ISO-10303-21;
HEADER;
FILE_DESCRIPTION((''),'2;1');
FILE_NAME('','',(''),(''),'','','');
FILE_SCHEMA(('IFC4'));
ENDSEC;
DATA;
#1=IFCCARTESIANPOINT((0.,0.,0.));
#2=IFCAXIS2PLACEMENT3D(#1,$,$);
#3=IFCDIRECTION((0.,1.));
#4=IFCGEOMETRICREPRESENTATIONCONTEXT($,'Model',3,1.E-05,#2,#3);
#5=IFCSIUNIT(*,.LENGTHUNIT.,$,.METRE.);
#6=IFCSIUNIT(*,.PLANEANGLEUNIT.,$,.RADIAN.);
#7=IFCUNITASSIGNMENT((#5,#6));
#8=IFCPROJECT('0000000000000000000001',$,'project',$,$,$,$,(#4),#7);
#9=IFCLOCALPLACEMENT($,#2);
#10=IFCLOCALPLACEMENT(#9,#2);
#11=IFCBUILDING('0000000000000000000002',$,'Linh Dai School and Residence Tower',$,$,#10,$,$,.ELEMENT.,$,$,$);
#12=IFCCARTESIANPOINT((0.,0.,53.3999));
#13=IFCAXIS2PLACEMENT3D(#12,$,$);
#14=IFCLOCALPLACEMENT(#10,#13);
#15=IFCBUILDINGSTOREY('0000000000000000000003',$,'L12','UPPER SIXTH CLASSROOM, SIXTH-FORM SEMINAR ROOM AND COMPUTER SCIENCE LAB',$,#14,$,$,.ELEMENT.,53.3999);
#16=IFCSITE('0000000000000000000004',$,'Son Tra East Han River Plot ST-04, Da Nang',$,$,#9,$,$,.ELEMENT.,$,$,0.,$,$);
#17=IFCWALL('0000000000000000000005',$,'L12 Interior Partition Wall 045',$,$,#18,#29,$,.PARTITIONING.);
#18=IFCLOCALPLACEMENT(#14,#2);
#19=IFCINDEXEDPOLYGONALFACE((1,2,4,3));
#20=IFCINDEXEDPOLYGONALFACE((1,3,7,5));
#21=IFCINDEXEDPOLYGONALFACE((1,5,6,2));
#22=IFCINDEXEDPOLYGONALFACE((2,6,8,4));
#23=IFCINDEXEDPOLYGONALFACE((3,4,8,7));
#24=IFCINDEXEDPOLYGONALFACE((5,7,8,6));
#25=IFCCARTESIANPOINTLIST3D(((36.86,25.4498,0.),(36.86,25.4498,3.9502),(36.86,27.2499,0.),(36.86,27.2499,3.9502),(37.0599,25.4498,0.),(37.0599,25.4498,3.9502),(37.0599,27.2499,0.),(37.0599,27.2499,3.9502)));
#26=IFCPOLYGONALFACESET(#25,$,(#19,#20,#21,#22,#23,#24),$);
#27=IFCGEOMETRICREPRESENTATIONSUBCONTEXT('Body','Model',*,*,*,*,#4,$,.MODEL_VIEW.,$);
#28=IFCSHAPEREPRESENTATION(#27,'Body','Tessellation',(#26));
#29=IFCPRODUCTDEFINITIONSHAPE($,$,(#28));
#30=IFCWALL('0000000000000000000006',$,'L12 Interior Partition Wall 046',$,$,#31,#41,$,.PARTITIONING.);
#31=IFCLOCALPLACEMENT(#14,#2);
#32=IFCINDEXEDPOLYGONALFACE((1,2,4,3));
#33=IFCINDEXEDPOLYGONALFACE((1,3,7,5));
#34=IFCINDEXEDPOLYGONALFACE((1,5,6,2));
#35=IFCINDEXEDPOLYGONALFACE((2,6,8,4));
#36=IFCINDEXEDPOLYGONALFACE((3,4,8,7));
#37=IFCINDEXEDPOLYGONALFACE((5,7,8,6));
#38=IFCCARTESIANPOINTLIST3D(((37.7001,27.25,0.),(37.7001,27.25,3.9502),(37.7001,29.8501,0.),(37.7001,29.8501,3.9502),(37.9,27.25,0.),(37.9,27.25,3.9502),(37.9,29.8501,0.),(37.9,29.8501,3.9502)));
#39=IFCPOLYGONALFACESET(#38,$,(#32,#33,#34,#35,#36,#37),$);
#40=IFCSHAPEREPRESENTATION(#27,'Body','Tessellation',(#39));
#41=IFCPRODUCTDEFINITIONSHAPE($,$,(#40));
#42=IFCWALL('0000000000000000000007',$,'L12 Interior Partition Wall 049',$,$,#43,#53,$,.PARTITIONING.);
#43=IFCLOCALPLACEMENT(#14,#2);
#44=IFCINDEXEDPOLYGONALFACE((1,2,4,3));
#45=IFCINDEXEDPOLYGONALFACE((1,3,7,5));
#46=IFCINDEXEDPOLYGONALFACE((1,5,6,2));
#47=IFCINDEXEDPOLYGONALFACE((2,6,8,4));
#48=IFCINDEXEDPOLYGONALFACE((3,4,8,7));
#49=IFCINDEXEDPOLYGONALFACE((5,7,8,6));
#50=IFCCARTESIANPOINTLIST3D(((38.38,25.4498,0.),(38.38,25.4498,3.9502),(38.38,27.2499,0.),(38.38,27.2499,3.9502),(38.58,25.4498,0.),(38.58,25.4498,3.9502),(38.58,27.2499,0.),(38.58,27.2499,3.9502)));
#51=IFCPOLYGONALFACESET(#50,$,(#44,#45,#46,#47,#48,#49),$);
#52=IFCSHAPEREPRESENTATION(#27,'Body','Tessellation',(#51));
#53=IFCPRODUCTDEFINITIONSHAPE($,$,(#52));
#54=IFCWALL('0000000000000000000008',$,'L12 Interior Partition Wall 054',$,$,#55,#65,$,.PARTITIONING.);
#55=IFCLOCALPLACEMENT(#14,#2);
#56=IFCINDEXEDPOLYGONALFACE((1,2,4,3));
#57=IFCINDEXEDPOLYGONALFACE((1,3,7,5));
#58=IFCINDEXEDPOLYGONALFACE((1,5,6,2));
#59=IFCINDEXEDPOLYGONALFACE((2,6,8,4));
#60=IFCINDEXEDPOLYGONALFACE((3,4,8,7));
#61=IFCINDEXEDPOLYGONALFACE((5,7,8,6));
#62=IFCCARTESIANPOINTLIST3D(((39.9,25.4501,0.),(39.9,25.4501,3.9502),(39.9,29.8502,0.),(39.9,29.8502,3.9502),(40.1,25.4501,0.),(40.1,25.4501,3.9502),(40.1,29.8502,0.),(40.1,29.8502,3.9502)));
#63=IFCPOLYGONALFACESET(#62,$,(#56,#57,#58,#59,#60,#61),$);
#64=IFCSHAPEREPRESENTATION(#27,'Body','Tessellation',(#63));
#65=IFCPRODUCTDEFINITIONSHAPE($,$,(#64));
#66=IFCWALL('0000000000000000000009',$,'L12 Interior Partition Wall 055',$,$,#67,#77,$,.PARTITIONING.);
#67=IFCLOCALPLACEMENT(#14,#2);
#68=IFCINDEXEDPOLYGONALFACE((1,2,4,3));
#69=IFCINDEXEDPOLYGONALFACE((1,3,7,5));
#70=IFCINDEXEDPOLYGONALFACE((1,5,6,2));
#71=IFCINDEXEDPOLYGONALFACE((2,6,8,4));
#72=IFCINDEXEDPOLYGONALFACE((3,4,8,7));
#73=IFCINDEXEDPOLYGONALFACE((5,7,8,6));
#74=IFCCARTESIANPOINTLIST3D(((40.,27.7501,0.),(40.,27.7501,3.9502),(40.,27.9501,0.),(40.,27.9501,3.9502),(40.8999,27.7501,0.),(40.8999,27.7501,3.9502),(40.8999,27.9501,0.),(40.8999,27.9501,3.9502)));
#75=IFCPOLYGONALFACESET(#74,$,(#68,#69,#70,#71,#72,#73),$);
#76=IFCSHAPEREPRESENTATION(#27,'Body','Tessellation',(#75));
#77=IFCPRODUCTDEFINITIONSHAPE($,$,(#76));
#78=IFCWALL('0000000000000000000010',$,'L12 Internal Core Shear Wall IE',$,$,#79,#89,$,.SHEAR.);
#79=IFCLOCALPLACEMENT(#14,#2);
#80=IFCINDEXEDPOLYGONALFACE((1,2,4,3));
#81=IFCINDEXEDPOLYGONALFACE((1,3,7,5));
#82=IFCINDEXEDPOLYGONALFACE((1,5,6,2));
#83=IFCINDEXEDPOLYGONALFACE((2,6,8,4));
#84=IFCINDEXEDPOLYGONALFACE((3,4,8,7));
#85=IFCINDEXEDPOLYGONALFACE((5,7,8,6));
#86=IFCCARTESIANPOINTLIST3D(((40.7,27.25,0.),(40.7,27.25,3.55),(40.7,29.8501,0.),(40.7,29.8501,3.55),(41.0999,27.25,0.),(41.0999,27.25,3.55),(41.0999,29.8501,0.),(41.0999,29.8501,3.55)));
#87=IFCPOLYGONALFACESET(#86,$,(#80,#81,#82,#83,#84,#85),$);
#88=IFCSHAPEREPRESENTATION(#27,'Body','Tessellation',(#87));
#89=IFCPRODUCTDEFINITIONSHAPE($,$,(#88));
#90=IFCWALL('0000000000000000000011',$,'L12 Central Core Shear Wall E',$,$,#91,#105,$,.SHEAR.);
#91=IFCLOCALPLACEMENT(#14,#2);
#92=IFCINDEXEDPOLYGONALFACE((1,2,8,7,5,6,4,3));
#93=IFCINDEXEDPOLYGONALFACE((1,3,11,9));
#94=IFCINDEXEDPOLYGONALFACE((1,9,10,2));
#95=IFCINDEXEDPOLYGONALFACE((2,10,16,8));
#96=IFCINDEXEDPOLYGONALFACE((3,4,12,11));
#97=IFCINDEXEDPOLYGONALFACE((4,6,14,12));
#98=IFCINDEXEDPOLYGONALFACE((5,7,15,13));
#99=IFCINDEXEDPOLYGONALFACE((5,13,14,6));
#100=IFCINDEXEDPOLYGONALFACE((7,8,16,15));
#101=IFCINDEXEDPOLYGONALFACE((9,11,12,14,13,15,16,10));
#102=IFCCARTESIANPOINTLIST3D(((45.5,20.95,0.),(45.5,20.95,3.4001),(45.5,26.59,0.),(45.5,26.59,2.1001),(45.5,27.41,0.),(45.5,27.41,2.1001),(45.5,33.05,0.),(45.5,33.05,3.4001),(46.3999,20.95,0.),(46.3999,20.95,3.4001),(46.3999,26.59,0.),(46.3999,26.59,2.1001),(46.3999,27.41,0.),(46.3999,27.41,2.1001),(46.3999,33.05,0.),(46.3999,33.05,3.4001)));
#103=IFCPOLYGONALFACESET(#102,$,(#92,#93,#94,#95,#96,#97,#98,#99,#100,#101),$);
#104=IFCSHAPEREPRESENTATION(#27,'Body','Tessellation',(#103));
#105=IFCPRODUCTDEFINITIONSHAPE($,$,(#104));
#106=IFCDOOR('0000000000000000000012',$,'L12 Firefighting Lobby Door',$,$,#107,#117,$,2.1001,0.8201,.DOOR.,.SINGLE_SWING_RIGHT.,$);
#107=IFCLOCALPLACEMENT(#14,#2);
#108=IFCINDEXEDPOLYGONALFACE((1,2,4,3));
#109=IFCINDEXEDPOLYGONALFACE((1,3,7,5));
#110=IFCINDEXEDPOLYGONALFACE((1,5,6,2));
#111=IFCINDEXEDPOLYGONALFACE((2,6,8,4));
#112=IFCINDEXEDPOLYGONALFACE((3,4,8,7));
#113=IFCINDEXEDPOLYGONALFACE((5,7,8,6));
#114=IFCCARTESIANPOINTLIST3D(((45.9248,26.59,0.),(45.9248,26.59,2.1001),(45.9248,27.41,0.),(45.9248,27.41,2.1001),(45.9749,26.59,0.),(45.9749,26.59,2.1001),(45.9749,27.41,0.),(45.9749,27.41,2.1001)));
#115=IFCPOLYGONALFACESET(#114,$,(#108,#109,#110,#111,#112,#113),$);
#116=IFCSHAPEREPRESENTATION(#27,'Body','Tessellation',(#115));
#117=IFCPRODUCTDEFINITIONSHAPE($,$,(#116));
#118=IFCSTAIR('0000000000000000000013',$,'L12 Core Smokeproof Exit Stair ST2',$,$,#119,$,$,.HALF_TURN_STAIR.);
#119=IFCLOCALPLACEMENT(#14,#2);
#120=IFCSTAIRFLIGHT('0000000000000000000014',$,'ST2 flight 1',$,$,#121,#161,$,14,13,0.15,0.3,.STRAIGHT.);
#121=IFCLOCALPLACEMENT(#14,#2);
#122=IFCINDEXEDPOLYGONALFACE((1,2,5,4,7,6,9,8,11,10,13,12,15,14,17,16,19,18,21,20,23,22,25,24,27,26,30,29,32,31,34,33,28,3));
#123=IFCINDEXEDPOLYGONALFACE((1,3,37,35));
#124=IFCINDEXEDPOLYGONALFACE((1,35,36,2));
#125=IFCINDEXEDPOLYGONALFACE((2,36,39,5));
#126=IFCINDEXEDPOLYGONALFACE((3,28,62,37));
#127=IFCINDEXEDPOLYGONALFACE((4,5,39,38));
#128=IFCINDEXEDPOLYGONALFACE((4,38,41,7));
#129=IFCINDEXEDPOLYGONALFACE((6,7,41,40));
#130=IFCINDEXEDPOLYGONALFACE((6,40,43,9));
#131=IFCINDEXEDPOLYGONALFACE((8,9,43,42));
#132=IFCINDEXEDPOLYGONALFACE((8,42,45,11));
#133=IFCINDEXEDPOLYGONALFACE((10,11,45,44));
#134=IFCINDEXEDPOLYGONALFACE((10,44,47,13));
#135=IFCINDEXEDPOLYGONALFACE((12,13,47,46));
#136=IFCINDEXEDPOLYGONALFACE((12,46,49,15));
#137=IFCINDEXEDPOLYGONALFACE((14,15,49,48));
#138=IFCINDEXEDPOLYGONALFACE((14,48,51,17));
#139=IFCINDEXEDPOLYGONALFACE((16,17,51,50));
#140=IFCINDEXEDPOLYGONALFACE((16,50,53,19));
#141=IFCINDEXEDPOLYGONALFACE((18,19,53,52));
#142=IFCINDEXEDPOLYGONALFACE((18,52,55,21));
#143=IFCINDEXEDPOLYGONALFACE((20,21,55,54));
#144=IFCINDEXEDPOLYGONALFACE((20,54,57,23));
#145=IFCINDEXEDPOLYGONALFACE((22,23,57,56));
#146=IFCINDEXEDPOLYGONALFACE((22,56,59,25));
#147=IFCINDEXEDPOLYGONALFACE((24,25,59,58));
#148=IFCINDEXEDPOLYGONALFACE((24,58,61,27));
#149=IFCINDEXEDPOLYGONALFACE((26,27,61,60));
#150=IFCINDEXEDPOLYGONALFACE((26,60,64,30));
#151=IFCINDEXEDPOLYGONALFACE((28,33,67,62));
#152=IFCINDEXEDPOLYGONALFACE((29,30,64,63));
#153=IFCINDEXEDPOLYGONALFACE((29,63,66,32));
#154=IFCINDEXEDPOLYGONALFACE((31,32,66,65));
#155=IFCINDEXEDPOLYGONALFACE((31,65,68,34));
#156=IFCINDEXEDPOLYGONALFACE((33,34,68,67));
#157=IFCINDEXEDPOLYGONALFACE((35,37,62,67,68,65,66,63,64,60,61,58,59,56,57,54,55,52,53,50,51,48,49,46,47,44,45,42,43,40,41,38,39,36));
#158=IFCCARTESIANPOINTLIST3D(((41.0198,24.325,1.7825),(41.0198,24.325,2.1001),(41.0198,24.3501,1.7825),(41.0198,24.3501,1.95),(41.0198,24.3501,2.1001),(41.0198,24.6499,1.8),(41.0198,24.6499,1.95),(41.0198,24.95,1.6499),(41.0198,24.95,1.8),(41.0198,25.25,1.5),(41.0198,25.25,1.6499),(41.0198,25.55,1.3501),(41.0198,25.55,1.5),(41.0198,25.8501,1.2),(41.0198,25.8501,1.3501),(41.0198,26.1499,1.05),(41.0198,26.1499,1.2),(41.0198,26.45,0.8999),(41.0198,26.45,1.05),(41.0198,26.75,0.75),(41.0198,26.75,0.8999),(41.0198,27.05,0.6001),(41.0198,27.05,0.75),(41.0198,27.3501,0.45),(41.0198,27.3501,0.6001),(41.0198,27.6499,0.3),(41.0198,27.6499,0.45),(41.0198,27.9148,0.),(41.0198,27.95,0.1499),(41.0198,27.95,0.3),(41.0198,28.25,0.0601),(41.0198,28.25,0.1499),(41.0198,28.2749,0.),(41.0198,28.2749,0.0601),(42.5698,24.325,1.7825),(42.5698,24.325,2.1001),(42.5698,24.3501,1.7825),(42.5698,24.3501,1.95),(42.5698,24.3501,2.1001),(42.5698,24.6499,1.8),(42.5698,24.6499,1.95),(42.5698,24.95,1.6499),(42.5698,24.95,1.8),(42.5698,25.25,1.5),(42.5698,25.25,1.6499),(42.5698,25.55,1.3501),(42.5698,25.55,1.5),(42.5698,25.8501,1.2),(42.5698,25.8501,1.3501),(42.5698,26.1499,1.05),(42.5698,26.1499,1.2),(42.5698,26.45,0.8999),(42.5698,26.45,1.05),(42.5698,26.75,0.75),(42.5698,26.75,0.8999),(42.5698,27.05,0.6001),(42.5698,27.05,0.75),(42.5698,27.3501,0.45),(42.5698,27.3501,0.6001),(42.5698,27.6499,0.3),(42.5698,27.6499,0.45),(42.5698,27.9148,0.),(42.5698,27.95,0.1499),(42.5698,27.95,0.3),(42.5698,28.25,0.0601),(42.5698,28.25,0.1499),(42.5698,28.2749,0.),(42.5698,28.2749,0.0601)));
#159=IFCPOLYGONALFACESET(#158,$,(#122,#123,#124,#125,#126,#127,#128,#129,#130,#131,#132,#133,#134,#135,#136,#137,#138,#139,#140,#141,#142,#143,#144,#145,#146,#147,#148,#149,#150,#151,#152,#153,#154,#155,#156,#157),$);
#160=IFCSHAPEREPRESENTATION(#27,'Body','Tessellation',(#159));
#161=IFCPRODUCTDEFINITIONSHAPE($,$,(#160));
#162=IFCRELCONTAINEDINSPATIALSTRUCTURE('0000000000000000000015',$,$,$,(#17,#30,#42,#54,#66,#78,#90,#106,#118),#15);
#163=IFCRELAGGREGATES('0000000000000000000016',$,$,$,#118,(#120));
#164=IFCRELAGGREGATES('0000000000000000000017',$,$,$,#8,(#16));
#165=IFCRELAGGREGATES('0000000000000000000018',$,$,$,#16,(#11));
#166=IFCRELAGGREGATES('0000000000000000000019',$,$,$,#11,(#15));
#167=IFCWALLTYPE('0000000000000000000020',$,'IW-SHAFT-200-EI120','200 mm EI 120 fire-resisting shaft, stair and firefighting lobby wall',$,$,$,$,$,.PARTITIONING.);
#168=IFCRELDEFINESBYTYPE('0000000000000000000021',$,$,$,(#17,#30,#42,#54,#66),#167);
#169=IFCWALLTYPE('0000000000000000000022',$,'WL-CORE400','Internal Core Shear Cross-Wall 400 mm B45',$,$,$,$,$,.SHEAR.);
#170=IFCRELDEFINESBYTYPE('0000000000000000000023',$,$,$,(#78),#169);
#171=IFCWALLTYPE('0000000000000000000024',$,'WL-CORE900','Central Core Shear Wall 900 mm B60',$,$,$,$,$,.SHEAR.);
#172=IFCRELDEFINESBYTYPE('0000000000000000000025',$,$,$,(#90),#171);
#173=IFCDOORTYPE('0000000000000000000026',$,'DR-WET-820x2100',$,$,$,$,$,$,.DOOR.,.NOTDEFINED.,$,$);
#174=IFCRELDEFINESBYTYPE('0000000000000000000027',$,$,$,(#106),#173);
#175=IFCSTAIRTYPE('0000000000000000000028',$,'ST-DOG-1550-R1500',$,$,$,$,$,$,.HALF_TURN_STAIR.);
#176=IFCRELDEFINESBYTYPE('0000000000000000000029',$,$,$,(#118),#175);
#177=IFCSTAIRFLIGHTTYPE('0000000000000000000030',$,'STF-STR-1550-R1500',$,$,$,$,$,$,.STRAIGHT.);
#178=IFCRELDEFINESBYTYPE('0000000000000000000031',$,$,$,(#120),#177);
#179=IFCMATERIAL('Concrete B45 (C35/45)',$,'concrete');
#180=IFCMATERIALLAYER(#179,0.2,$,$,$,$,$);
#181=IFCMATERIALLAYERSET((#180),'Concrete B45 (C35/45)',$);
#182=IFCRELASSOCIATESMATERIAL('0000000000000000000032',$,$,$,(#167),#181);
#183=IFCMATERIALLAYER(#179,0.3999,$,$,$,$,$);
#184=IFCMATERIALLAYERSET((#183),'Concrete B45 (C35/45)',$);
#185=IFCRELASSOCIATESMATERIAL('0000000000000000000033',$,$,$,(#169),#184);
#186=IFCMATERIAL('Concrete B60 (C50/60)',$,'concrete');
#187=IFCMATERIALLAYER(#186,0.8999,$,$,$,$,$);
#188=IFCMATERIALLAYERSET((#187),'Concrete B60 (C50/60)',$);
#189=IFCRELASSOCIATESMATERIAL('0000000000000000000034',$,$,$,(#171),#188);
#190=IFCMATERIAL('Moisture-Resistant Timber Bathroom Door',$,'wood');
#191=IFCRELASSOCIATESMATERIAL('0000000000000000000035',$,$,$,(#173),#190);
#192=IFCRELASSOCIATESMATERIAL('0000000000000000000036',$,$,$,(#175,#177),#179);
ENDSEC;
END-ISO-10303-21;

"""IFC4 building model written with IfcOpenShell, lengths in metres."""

from ifc_helpers import new_model, si_unit, direction, frame, frame_2d, origin, origin_2d, place, context, subcontext, project, spatial, polyline, rectangle, outline, extrude, source, transform, mapped, material, layer, layer_set, type_object, element, fill, aggregate, save


model = new_model("IFC4")

# Units and contexts
model_context = context("Model", 3, precision=1e-05, world=origin(), true_north=direction((0.0, 1.0)))
body_context = subcontext(model_context, "Body", "Model", "MODEL_VIEW")
ifc_project = project(units=[si_unit("LENGTHUNIT", "METRE"), si_unit("PLANEANGLEUNIT", "RADIAN")], contexts=[model_context])

# Site, building, storey
site_placement = place(None, origin())
site = spatial("IfcSite", under=ifc_project, at=site_placement, Name="Son Tra East Han River Plot ST-04, Da Nang", CompositionType="ELEMENT", RefElevation=0.0)
building_placement = place(site_placement, origin())
building = spatial("IfcBuilding", under=site, at=building_placement, Name="Linh Dai School and Residence Tower", CompositionType="ELEMENT")
storey_placement = place(building_placement, frame((0.0, 0.0, 53.3999)))
storey = spatial("IfcBuildingStorey", under=building, at=storey_placement, Name="L12", Description="UPPER SIXTH CLASSROOM, SIXTH-FORM SEMINAR ROOM AND COMPUTER SCIENCE LAB", CompositionType="ELEMENT", Elevation=53.3999)

# Walls
ifc_material_1 = material(Name="Concrete B45 (C35/45)", Category="concrete")
ifc_layer_1 = layer(ifc_material_1, 0.2)
ifc_layer_set_1 = layer_set([ifc_layer_1], Name="Concrete B45 (C35/45)")
wall_type_1 = type_object("IfcWallType", Name="IW-SHAFT-200-EI120", Description="200 mm EI 120 fire-resisting shaft, stair and firefighting lobby wall", PredefinedType="PARTITIONING", material=ifc_layer_set_1)
wall_1_placement = place(storey_placement, frame((36.96, 25.45, 0.0), z_axis=(0.0, 0.0, 1.0), x_axis=(0.0, 1.0, 0.0)))
element("IfcWall", 1, at=wall_1_placement, inside=storey, type_object=wall_type_1, Name="L12 Interior Partition Wall 045", PredefinedType="PARTITIONING", context=body_context, shape_type="SweptSolid", body=[
    extrude(rectangle(XDim=1.8, YDim=0.2, at=frame_2d((0.8999, 0.0))), origin(), (0.0, 0.0, 1.0), 3.9502),
])
wall_2_placement = place(storey_placement, frame((37.8, 27.25, 0.0), z_axis=(0.0, 0.0, 1.0), x_axis=(0.0, 1.0, 0.0)))
element("IfcWall", 2, at=wall_2_placement, inside=storey, type_object=wall_type_1, Name="L12 Interior Partition Wall 046", PredefinedType="PARTITIONING", context=body_context, shape_type="SweptSolid", body=[
    extrude(rectangle(XDim=2.6001, YDim=0.2, at=frame_2d((1.3, 0.0))), origin(), (0.0, 0.0, 1.0), 3.9502),
])
wall_3_placement = place(storey_placement, frame((38.48, 25.45, 0.0), z_axis=(0.0, 0.0, 1.0), x_axis=(0.0, 1.0, 0.0)))
element("IfcWall", 3, at=wall_3_placement, inside=storey, type_object=wall_type_1, Name="L12 Interior Partition Wall 049", PredefinedType="PARTITIONING", context=body_context, shape_type="SweptSolid", body=[
    extrude(rectangle(XDim=1.8, YDim=0.2, at=frame_2d((0.8999, 0.0))), origin(), (0.0, 0.0, 1.0), 3.9502),
])
wall_4_placement = place(storey_placement, frame((40.0, 25.45, 0.0), z_axis=(0.0, 0.0, 1.0), x_axis=(0.0, 1.0, 0.0)))
element("IfcWall", 4, at=wall_4_placement, inside=storey, type_object=wall_type_1, Name="L12 Interior Partition Wall 054", PredefinedType="PARTITIONING", context=body_context, shape_type="SweptSolid", body=[
    extrude(rectangle(XDim=4.4001, YDim=0.2, at=frame_2d((2.2002, 0.0))), origin(), (0.0, 0.0, 1.0), 3.9502),
])
wall_5_placement = place(storey_placement, frame((40.0, 27.8501, 0.0), z_axis=(0.0, 0.0, 1.0), x_axis=(1.0, 0.0, 0.0)))
element("IfcWall", 5, at=wall_5_placement, inside=storey, type_object=wall_type_1, Name="L12 Interior Partition Wall 055", PredefinedType="PARTITIONING", context=body_context, shape_type="SweptSolid", body=[
    extrude(rectangle(XDim=0.8999, YDim=0.2, at=frame_2d((0.45, 0.0))), origin(), (0.0, 0.0, 1.0), 3.9502),
])
ifc_layer_2 = layer(ifc_material_1, 0.3999)
ifc_layer_set_2 = layer_set([ifc_layer_2], Name="Concrete B45 (C35/45)")
wall_type_2 = type_object("IfcWallType", Name="WL-CORE400", Description="Internal Core Shear Cross-Wall 400 mm B45", PredefinedType="SHEAR", material=ifc_layer_set_2)
wall_6_placement = place(storey_placement, frame((40.8999, 27.25, 0.0), z_axis=(0.0, 0.0, 1.0), x_axis=(0.0, 1.0, 0.0)))
element("IfcWall", 6, at=wall_6_placement, inside=storey, type_object=wall_type_2, Name="L12 Internal Core Shear Wall IE", PredefinedType="SHEAR", context=body_context, shape_type="SweptSolid", body=[
    extrude(rectangle(XDim=2.6001, YDim=0.3999, at=frame_2d((1.3, 0.0))), origin(), (0.0, 0.0, 1.0), 3.55),
])

# Wall, opening, door
ifc_material_2 = material(Name="Concrete B60 (C50/60)", Category="concrete")
ifc_layer_3 = layer(ifc_material_2, 0.8999)
ifc_layer_set_3 = layer_set([ifc_layer_3], Name="Concrete B60 (C50/60)")
wall_type_3 = type_object("IfcWallType", Name="WL-CORE900", Description="Central Core Shear Wall 900 mm B60", PredefinedType="SHEAR", material=ifc_layer_set_3)
wall_7_placement = place(storey_placement, frame((45.95, 33.05, 0.0), z_axis=(0.0, 0.0, 1.0), x_axis=(0.0, -1.0, 0.0)))
wall_7 = element("IfcWall", 7, at=wall_7_placement, inside=storey, type_object=wall_type_3, Name="L12 Central Core Shear Wall E", PredefinedType="SHEAR", context=body_context, shape_type="SweptSolid", body=[
    extrude(rectangle(XDim=12.1001, YDim=0.8999, at=frame_2d((6.05, 0.0))), origin(), (0.0, 0.0, 1.0), 3.4001),
])
opening_placement = place(wall_7_placement, frame((5.6399, 0.0, 0.0)))
opening = element("IfcOpeningElement", 8, at=opening_placement, cuts=wall_7, PredefinedType="OPENING", context=body_context, shape_type="SweptSolid", body=[
    extrude(rectangle(XDim=0.8201, YDim=2.1001, at=origin_2d()), frame((0.4102, 0.46, 1.05), z_axis=(0.0, -1.0, 0.0), x_axis=(1.0, 0.0, 0.0)), (0.0, 0.0, 1.0), 0.9199),
])
ifc_material_3 = material(Name="Moisture-Resistant Timber Bathroom Door", Category="wood")
door_type = type_object("IfcDoorType", Name="DR-WET-820x2100", OperationType="NOTDEFINED", PredefinedType="DOOR", material=ifc_material_3)
shared_shape_1 = source(origin(), body_context, "Body", "SweptSolid", [
    extrude(rectangle(XDim=0.8201, YDim=2.1001, at=origin_2d()), frame((0.4102, 0.0249, 1.05), z_axis=(0.0, -1.0, 0.0), x_axis=(1.0, 0.0, 0.0)), (0.0, 0.0, 1.0), 0.05),
])
door_placement = place(opening_placement, origin())
door = element("IfcDoor", 9, at=door_placement, inside=storey, type_object=door_type, Name="L12 Firefighting Lobby Door", OperationType="SINGLE_SWING_RIGHT", OverallHeight=2.1001, OverallWidth=0.8201, PredefinedType="DOOR", context=body_context, shape_type="MappedRepresentation", body=[
    mapped(shared_shape_1, transform((0.0, 0.0, 0.0), x_axis=(1.0, 0.0, 0.0), y_axis=(0.0, 1.0, 0.0), z_axis=(0.0, 0.0, 1.0), scale=1.0)),
])
fill(opening, door)

# Stair, stair flight
stair_type = type_object("IfcStairType", Name="ST-DOG-1550-R1500", PredefinedType="HALF_TURN_STAIR", material=ifc_material_1)
stair_placement = place(storey_placement, origin())
stair = element("IfcStair", 10, at=stair_placement, inside=storey, type_object=stair_type, Name="L12 Core Smokeproof Exit Stair ST2", PredefinedType="HALF_TURN_STAIR")
stair_flight_type = type_object("IfcStairFlightType", Name="STF-STR-1550-R1500", PredefinedType="STRAIGHT", material=ifc_material_1)
shared_shape_2 = source(origin(), body_context, "Body", "SweptSolid", [
    extrude(outline(polyline([(-0.0249, 0.0), (-0.0249, 0.0601), (0.0, 0.0601), (0.0, 0.1499), (0.3, 0.1499), (0.3, 0.3), (0.6001, 0.3), (0.6001, 0.45), (0.8999, 0.45), (0.8999, 0.6001), (1.2, 0.6001), (1.2, 0.75), (1.5, 0.75), (1.5, 0.8999), (1.8, 0.8999), (1.8, 1.05), (2.1001, 1.05), (2.1001, 1.2), (2.3999, 1.2), (2.3999, 1.3501), (2.7, 1.3501), (2.7, 1.5), (3.0, 1.5), (3.0, 1.6499), (3.3, 1.6499), (3.3, 1.8), (3.6001, 1.8), (3.6001, 1.95), (3.8999, 1.95), (3.8999, 2.1001), (3.925, 2.1001), (3.925, 1.7825), (3.8999, 1.7825), (0.3352, 0.0), (-0.0249, 0.0)])), frame((0.0, 0.7749, 0.0), z_axis=(0.0, -1.0, 0.0), x_axis=(1.0, 0.0, 0.0)), (0.0, 0.0, 1.0), 1.55),
])
stair_flight_placement = place(storey_placement, frame((41.7949, 28.25, 0.0), z_axis=(0.0, 0.0, 1.0), x_axis=(0.0, -1.0, 0.0)))
stair_flight = element("IfcStairFlight", 11, at=stair_flight_placement, type_object=stair_flight_type, Name="ST2 flight 1", NumberOfRisers=14, NumberOfTreads=13, PredefinedType="STRAIGHT", RiserHeight=0.15, TreadLength=0.3, context=body_context, shape_type="MappedRepresentation", body=[
    mapped(shared_shape_2, transform((0.0, 0.0, 0.0), x_axis=(1.0, 0.0, 0.0), y_axis=(0.0, 1.0, 0.0), z_axis=(0.0, 0.0, 1.0), scale=1.0)),
])
aggregate(stair, [stair_flight])

save(model, "model.ifc")
